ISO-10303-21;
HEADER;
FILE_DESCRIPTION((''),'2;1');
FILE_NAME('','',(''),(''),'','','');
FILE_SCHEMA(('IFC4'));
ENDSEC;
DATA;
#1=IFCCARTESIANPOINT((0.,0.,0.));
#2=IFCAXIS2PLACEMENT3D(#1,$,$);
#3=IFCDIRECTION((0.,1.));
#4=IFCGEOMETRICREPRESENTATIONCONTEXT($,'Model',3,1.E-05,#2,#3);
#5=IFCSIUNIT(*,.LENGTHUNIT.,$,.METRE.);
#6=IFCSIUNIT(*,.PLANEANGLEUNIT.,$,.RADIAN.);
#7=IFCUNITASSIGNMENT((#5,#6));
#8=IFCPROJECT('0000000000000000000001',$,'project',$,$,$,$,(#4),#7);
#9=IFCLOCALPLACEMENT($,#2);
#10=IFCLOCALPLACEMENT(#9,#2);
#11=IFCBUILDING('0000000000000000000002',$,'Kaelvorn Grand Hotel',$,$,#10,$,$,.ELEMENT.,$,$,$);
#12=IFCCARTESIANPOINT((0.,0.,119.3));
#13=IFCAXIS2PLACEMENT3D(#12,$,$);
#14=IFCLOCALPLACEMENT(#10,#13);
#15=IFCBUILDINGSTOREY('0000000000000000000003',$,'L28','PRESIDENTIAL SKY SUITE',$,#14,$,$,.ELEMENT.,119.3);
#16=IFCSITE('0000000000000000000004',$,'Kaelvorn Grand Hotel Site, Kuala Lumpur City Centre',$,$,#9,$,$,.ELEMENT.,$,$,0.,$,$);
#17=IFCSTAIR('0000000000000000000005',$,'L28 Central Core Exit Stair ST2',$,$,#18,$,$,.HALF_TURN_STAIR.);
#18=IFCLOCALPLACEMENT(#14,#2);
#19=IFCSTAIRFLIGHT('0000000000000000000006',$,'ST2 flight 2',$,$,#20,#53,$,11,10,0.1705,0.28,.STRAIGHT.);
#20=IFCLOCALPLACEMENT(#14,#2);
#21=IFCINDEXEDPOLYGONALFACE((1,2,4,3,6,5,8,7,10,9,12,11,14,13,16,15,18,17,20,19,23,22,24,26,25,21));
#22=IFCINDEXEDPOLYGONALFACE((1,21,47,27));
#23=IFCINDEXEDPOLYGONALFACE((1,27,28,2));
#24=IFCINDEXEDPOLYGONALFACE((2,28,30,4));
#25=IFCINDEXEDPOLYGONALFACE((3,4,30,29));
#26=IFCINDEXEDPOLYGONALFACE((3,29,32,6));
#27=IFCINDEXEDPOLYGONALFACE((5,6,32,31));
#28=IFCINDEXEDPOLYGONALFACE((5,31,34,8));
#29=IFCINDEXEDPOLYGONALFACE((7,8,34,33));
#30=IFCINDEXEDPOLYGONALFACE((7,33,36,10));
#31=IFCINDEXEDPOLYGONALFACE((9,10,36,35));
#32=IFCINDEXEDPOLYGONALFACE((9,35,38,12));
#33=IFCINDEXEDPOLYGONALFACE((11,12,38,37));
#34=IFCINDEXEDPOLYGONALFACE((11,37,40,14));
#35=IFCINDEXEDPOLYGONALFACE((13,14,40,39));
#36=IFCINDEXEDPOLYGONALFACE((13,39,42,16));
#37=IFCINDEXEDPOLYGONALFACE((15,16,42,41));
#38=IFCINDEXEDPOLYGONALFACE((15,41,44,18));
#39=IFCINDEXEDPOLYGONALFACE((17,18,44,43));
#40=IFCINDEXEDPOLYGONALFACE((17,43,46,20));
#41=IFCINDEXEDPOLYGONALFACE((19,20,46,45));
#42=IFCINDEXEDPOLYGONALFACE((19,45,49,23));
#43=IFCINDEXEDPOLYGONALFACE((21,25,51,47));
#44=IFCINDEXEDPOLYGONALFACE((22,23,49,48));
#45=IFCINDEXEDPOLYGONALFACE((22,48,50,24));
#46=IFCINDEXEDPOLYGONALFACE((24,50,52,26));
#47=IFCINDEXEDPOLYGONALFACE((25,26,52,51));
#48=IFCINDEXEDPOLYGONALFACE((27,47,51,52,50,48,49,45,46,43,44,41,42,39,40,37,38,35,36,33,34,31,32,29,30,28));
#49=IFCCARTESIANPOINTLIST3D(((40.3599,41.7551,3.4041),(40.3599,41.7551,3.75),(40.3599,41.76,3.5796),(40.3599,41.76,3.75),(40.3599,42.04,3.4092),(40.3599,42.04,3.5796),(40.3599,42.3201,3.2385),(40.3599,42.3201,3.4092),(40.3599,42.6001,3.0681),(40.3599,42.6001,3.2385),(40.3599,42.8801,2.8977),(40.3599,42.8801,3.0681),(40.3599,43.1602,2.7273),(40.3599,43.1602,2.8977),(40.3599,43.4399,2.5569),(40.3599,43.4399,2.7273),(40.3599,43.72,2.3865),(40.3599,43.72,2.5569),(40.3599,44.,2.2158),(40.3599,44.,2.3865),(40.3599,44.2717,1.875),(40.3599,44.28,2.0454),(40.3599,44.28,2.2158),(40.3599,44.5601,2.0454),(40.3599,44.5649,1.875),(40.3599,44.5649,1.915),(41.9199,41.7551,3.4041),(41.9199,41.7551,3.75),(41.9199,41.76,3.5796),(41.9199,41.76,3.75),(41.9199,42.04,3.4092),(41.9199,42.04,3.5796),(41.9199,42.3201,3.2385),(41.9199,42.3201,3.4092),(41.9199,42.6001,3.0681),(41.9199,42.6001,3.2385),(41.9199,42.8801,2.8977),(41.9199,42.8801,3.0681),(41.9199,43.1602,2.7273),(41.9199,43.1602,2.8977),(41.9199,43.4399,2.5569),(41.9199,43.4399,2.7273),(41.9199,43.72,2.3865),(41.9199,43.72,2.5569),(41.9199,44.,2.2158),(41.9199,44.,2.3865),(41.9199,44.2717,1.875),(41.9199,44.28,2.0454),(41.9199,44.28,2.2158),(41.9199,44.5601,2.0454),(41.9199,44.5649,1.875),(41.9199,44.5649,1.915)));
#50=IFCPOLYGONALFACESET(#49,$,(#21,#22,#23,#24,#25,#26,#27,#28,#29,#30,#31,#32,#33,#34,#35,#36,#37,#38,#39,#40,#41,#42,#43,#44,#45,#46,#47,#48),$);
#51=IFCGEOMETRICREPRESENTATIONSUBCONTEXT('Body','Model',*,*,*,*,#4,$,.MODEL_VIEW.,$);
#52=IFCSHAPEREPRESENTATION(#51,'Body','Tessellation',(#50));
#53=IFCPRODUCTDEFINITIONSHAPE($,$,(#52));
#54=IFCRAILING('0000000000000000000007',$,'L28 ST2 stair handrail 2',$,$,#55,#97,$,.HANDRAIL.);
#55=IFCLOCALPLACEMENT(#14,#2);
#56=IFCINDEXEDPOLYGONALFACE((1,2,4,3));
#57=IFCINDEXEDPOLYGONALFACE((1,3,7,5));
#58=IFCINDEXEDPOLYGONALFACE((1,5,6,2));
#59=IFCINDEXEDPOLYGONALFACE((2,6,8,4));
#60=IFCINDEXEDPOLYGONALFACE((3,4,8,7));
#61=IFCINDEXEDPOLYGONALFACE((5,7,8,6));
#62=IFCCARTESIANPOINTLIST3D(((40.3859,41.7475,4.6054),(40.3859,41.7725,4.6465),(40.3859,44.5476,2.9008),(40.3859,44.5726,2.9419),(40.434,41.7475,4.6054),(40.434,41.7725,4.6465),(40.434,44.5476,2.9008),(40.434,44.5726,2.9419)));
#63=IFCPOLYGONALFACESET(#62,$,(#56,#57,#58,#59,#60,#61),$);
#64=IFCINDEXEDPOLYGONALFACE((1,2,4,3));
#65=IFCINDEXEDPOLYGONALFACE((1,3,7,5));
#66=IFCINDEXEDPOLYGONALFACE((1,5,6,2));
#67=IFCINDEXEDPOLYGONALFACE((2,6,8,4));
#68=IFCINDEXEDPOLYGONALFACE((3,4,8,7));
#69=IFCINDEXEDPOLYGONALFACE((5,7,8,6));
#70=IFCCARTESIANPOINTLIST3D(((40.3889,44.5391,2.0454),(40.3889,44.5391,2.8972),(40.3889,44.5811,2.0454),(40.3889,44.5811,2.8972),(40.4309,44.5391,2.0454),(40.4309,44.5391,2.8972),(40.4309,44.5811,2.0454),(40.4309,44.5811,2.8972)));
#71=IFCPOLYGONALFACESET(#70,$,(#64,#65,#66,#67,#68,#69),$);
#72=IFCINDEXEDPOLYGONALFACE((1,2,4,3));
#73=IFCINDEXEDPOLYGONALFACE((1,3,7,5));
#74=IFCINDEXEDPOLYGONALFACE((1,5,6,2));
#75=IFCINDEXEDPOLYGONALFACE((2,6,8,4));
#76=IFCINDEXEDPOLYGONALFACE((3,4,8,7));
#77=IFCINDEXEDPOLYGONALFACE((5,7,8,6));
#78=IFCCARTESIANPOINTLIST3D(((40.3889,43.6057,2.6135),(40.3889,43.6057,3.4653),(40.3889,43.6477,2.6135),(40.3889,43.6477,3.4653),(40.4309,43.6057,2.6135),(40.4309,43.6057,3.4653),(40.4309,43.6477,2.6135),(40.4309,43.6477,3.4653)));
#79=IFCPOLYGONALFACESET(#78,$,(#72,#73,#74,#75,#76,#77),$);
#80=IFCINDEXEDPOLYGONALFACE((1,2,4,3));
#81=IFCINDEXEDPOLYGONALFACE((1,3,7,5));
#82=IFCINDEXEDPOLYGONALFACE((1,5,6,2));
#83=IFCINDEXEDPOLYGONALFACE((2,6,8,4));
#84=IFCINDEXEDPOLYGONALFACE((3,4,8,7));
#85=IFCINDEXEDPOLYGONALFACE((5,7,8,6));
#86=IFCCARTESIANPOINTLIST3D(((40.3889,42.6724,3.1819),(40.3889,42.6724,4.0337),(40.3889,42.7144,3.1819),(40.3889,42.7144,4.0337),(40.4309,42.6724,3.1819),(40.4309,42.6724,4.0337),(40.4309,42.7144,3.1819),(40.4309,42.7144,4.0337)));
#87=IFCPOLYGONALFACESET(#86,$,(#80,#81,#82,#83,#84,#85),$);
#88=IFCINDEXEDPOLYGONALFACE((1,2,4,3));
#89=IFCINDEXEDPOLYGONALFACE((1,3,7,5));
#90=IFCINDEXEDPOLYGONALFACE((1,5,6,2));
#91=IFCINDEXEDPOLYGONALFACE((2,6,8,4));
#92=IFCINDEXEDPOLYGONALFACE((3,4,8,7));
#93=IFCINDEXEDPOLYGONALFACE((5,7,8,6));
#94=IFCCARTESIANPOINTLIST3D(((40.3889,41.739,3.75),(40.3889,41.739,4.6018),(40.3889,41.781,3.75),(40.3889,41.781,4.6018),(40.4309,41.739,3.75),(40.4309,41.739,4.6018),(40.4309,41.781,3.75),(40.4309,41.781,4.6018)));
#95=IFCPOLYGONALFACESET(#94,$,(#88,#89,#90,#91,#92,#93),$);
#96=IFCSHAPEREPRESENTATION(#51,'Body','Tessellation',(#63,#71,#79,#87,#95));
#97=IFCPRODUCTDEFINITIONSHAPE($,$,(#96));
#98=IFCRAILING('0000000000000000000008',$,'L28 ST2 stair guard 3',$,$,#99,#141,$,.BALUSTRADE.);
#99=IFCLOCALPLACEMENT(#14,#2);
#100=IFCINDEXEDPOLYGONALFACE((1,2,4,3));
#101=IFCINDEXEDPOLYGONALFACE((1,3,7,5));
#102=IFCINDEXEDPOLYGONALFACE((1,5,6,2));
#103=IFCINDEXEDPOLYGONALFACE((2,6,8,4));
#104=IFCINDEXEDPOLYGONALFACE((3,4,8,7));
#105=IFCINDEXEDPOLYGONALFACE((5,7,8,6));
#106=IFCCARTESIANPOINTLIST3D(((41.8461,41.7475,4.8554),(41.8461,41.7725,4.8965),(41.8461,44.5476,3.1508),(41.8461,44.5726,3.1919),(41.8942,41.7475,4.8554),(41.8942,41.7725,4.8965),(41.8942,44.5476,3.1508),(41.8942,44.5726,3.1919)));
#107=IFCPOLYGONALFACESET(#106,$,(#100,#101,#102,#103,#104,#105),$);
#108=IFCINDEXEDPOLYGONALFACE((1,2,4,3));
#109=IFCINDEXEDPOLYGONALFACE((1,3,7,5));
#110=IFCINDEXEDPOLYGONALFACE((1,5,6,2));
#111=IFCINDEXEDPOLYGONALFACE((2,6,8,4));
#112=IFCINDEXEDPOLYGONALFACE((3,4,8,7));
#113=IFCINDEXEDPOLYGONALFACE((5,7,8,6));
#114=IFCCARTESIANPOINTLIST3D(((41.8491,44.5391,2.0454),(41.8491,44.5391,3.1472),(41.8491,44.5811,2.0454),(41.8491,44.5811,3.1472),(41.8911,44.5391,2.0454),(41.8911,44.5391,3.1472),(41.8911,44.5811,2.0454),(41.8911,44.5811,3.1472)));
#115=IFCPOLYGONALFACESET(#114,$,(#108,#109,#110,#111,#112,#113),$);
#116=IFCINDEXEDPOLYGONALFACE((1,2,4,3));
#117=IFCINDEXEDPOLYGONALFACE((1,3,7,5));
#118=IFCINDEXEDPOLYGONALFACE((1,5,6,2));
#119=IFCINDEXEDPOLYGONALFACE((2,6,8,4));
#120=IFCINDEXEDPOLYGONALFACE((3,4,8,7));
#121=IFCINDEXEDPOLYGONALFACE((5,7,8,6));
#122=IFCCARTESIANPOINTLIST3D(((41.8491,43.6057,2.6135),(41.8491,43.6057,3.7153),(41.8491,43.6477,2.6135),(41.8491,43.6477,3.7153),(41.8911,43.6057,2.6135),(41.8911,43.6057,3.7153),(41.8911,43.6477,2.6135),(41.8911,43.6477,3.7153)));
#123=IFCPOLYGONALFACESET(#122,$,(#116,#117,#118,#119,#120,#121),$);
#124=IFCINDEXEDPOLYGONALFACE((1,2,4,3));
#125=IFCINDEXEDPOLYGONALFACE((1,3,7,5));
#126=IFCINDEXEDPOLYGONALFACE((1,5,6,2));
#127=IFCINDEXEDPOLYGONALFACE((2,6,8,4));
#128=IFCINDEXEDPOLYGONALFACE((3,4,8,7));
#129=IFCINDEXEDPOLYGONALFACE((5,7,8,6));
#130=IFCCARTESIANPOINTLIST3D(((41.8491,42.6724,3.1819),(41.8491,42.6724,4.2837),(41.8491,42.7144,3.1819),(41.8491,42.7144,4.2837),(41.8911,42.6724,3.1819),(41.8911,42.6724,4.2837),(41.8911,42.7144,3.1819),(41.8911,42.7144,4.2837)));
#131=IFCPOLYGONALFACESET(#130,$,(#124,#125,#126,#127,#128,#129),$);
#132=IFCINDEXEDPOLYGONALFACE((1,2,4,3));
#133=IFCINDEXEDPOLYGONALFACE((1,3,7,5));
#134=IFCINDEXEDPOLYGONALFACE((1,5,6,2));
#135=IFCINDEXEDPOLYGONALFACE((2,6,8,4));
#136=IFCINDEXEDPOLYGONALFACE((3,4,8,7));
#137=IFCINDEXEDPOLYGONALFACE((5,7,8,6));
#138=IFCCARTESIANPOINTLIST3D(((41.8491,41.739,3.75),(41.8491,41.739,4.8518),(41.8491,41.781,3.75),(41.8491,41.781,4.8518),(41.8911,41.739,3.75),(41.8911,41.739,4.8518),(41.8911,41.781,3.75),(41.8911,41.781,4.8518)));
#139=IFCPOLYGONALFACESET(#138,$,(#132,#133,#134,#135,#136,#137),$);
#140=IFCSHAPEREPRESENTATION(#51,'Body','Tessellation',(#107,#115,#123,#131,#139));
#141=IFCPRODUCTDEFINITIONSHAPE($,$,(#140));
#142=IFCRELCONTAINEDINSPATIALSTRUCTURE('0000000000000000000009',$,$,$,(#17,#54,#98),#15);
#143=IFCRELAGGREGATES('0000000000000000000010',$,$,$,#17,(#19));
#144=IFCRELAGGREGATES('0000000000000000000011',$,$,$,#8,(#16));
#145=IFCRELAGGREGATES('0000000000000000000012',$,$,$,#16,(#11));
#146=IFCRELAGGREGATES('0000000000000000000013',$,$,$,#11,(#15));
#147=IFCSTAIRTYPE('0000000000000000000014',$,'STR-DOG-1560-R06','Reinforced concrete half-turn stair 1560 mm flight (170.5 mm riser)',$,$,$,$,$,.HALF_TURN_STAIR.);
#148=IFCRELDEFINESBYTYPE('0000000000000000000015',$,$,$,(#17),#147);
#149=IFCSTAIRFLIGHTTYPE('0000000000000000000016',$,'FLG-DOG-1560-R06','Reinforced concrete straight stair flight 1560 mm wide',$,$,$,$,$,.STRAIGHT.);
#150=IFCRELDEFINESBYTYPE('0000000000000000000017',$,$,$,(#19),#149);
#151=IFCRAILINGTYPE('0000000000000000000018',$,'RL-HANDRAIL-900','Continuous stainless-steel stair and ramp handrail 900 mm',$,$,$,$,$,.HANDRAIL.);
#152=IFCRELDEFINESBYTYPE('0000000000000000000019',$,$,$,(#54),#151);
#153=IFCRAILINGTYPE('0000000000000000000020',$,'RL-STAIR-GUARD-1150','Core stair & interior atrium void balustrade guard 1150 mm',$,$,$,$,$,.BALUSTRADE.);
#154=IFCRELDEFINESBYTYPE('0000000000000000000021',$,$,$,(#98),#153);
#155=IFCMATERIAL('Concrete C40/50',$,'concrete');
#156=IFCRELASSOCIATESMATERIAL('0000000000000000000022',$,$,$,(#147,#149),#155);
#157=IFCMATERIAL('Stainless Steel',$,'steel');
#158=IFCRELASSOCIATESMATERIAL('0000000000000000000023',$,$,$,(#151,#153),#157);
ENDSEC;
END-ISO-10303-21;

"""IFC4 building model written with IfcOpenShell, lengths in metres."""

from ifc_helpers import new_model, si_unit, direction, frame, origin, origin_2d, place, context, subcontext, project, spatial, polyline, rectangle, outline, extrude, material, type_object, element, aggregate, save


model = new_model("IFC4")

# Units and contexts
model_context = context("Model", 3, precision=1e-05, world=origin(), true_north=direction((0.0, 1.0)))
body_context = subcontext(model_context, "Body", "Model", "MODEL_VIEW")
ifc_project = project(units=[si_unit("LENGTHUNIT", "METRE"), si_unit("PLANEANGLEUNIT", "RADIAN")], contexts=[model_context])

# Site, building, storey
site_placement = place(None, origin())
site = spatial("IfcSite", under=ifc_project, at=site_placement, Name="Kaelvorn Grand Hotel Site, Kuala Lumpur City Centre", CompositionType="ELEMENT", RefElevation=0.0)
building_placement = place(site_placement, origin())
building = spatial("IfcBuilding", under=site, at=building_placement, Name="Kaelvorn Grand Hotel", CompositionType="ELEMENT")
storey_placement = place(building_placement, frame((0.0, 0.0, 119.3)))
storey = spatial("IfcBuildingStorey", under=building, at=storey_placement, Name="L28", Description="PRESIDENTIAL SKY SUITE", CompositionType="ELEMENT", Elevation=119.3)

# Shared definitions
ifc_material_1 = material(Name="Concrete C40/50", Category="concrete")

# Stair, stair flight
stair_type = type_object("IfcStairType", Name="STR-DOG-1560-R06", Description="Reinforced concrete half-turn stair 1560 mm flight (170.5 mm riser)", PredefinedType="HALF_TURN_STAIR", material=ifc_material_1)
stair_placement = place(storey_placement, origin())
stair = element("IfcStair", 1, at=stair_placement, inside=storey, type_object=stair_type, Name="L28 Central Core Exit Stair ST2", PredefinedType="HALF_TURN_STAIR")
stair_flight_type = type_object("IfcStairFlightType", Name="FLG-DOG-1560-R06", Description="Reinforced concrete straight stair flight 1560 mm wide", PredefinedType="STRAIGHT", material=ifc_material_1)
stair_flight_placement = place(storey_placement, frame((41.1399, 44.5601, 1.875), z_axis=(0.0, 0.0, 1.0), x_axis=(0.0, -1.0, 0.0)))
stair_flight = element("IfcStairFlight", 2, at=stair_flight_placement, type_object=stair_flight_type, Name="ST2 flight 2", NumberOfRisers=11, NumberOfTreads=10, PredefinedType="STRAIGHT", RiserHeight=0.1705, TreadLength=0.28, context=body_context, shape_type="SweptSolid", body=[
    extrude(outline(polyline([(-0.0049, 0.0), (-0.0049, 0.04), (0.0, 0.1704), (0.28, 0.1704), (0.28, 0.3408), (0.5601, 0.3408), (0.5601, 0.5115), (0.8401, 0.5115), (0.8401, 0.6819), (1.1201, 0.6819), (1.1201, 0.8523), (1.3999, 0.8523), (1.3999, 1.0227), (1.6799, 1.0227), (1.6799, 1.1931), (1.96, 1.1931), (1.96, 1.3635), (2.24, 1.3635), (2.24, 1.5342), (2.52, 1.5342), (2.52, 1.7046), (2.8, 1.7046), (2.8, 1.875), (2.8049, 1.875), (2.8049, 1.5291), (0.2883, 0.0), (-0.0049, 0.0)])), frame((0.0, 0.78, 0.0), z_axis=(0.0, -1.0, 0.0), x_axis=(1.0, 0.0, 0.0)), (0.0, 0.0, 1.0), 1.5601),
])
aggregate(stair, [stair_flight])

# Railings
ifc_material_2 = material(Name="Stainless Steel", Category="steel")
railing_type_1 = type_object("IfcRailingType", Name="RL-HANDRAIL-900", Description="Continuous stainless-steel stair and ramp handrail 900 mm", PredefinedType="HANDRAIL", material=ifc_material_2)
railing_1_placement = place(storey_placement, frame((40.4099, 44.5601, 2.0454)))
element("IfcRailing", 3, at=railing_1_placement, inside=storey, type_object=railing_type_1, Name="L28 ST2 stair handrail 2", PredefinedType="HANDRAIL", context=body_context, shape_type="SweptSolid", body=[
    extrude(rectangle(XDim=0.0481, YDim=0.0481, at=origin_2d()), frame((0.0, 0.0, 0.876), z_axis=(0.0, -0.85417, 0.519994), x_axis=(1.0, 0.0, 0.0)), (0.0, 0.0, 1.0), 3.2781),
    extrude(rectangle(XDim=0.042, YDim=0.042, at=origin_2d()), origin(), (0.0, 0.0, 1.0), 0.8518),
    extrude(rectangle(XDim=0.042, YDim=0.042, at=origin_2d()), frame((0.0, -0.9333, 0.5681)), (0.0, 0.0, 1.0), 0.8518),
    extrude(rectangle(XDim=0.042, YDim=0.042, at=origin_2d()), frame((0.0, -1.8667, 1.1365)), (0.0, 0.0, 1.0), 0.8518),
    extrude(rectangle(XDim=0.042, YDim=0.042, at=origin_2d()), frame((0.0, -2.8, 1.7046)), (0.0, 0.0, 1.0), 0.8518),
])
railing_type_2 = type_object("IfcRailingType", Name="RL-STAIR-GUARD-1150", Description="Core stair & interior atrium void balustrade guard 1150 mm", PredefinedType="BALUSTRADE", material=ifc_material_2)
railing_2_placement = place(storey_placement, frame((41.8701, 44.5601, 2.0454)))
element("IfcRailing", 4, at=railing_2_placement, inside=storey, type_object=railing_type_2, Name="L28 ST2 stair guard 3", PredefinedType="BALUSTRADE", context=body_context, shape_type="SweptSolid", body=[
    extrude(rectangle(XDim=0.0481, YDim=0.0481, at=origin_2d()), frame((0.0, 0.0, 1.126), z_axis=(0.0, -0.85417, 0.519994), x_axis=(1.0, 0.0, 0.0)), (0.0, 0.0, 1.0), 3.2781),
    extrude(rectangle(XDim=0.042, YDim=0.042, at=origin_2d()), origin(), (0.0, 0.0, 1.0), 1.1018),
    extrude(rectangle(XDim=0.042, YDim=0.042, at=origin_2d()), frame((0.0, -0.9333, 0.5681)), (0.0, 0.0, 1.0), 1.1018),
    extrude(rectangle(XDim=0.042, YDim=0.042, at=origin_2d()), frame((0.0, -1.8667, 1.1365)), (0.0, 0.0, 1.0), 1.1018),
    extrude(rectangle(XDim=0.042, YDim=0.042, at=origin_2d()), frame((0.0, -2.8, 1.7046)), (0.0, 0.0, 1.0), 1.1018),
])

save(model, "model.ifc")
